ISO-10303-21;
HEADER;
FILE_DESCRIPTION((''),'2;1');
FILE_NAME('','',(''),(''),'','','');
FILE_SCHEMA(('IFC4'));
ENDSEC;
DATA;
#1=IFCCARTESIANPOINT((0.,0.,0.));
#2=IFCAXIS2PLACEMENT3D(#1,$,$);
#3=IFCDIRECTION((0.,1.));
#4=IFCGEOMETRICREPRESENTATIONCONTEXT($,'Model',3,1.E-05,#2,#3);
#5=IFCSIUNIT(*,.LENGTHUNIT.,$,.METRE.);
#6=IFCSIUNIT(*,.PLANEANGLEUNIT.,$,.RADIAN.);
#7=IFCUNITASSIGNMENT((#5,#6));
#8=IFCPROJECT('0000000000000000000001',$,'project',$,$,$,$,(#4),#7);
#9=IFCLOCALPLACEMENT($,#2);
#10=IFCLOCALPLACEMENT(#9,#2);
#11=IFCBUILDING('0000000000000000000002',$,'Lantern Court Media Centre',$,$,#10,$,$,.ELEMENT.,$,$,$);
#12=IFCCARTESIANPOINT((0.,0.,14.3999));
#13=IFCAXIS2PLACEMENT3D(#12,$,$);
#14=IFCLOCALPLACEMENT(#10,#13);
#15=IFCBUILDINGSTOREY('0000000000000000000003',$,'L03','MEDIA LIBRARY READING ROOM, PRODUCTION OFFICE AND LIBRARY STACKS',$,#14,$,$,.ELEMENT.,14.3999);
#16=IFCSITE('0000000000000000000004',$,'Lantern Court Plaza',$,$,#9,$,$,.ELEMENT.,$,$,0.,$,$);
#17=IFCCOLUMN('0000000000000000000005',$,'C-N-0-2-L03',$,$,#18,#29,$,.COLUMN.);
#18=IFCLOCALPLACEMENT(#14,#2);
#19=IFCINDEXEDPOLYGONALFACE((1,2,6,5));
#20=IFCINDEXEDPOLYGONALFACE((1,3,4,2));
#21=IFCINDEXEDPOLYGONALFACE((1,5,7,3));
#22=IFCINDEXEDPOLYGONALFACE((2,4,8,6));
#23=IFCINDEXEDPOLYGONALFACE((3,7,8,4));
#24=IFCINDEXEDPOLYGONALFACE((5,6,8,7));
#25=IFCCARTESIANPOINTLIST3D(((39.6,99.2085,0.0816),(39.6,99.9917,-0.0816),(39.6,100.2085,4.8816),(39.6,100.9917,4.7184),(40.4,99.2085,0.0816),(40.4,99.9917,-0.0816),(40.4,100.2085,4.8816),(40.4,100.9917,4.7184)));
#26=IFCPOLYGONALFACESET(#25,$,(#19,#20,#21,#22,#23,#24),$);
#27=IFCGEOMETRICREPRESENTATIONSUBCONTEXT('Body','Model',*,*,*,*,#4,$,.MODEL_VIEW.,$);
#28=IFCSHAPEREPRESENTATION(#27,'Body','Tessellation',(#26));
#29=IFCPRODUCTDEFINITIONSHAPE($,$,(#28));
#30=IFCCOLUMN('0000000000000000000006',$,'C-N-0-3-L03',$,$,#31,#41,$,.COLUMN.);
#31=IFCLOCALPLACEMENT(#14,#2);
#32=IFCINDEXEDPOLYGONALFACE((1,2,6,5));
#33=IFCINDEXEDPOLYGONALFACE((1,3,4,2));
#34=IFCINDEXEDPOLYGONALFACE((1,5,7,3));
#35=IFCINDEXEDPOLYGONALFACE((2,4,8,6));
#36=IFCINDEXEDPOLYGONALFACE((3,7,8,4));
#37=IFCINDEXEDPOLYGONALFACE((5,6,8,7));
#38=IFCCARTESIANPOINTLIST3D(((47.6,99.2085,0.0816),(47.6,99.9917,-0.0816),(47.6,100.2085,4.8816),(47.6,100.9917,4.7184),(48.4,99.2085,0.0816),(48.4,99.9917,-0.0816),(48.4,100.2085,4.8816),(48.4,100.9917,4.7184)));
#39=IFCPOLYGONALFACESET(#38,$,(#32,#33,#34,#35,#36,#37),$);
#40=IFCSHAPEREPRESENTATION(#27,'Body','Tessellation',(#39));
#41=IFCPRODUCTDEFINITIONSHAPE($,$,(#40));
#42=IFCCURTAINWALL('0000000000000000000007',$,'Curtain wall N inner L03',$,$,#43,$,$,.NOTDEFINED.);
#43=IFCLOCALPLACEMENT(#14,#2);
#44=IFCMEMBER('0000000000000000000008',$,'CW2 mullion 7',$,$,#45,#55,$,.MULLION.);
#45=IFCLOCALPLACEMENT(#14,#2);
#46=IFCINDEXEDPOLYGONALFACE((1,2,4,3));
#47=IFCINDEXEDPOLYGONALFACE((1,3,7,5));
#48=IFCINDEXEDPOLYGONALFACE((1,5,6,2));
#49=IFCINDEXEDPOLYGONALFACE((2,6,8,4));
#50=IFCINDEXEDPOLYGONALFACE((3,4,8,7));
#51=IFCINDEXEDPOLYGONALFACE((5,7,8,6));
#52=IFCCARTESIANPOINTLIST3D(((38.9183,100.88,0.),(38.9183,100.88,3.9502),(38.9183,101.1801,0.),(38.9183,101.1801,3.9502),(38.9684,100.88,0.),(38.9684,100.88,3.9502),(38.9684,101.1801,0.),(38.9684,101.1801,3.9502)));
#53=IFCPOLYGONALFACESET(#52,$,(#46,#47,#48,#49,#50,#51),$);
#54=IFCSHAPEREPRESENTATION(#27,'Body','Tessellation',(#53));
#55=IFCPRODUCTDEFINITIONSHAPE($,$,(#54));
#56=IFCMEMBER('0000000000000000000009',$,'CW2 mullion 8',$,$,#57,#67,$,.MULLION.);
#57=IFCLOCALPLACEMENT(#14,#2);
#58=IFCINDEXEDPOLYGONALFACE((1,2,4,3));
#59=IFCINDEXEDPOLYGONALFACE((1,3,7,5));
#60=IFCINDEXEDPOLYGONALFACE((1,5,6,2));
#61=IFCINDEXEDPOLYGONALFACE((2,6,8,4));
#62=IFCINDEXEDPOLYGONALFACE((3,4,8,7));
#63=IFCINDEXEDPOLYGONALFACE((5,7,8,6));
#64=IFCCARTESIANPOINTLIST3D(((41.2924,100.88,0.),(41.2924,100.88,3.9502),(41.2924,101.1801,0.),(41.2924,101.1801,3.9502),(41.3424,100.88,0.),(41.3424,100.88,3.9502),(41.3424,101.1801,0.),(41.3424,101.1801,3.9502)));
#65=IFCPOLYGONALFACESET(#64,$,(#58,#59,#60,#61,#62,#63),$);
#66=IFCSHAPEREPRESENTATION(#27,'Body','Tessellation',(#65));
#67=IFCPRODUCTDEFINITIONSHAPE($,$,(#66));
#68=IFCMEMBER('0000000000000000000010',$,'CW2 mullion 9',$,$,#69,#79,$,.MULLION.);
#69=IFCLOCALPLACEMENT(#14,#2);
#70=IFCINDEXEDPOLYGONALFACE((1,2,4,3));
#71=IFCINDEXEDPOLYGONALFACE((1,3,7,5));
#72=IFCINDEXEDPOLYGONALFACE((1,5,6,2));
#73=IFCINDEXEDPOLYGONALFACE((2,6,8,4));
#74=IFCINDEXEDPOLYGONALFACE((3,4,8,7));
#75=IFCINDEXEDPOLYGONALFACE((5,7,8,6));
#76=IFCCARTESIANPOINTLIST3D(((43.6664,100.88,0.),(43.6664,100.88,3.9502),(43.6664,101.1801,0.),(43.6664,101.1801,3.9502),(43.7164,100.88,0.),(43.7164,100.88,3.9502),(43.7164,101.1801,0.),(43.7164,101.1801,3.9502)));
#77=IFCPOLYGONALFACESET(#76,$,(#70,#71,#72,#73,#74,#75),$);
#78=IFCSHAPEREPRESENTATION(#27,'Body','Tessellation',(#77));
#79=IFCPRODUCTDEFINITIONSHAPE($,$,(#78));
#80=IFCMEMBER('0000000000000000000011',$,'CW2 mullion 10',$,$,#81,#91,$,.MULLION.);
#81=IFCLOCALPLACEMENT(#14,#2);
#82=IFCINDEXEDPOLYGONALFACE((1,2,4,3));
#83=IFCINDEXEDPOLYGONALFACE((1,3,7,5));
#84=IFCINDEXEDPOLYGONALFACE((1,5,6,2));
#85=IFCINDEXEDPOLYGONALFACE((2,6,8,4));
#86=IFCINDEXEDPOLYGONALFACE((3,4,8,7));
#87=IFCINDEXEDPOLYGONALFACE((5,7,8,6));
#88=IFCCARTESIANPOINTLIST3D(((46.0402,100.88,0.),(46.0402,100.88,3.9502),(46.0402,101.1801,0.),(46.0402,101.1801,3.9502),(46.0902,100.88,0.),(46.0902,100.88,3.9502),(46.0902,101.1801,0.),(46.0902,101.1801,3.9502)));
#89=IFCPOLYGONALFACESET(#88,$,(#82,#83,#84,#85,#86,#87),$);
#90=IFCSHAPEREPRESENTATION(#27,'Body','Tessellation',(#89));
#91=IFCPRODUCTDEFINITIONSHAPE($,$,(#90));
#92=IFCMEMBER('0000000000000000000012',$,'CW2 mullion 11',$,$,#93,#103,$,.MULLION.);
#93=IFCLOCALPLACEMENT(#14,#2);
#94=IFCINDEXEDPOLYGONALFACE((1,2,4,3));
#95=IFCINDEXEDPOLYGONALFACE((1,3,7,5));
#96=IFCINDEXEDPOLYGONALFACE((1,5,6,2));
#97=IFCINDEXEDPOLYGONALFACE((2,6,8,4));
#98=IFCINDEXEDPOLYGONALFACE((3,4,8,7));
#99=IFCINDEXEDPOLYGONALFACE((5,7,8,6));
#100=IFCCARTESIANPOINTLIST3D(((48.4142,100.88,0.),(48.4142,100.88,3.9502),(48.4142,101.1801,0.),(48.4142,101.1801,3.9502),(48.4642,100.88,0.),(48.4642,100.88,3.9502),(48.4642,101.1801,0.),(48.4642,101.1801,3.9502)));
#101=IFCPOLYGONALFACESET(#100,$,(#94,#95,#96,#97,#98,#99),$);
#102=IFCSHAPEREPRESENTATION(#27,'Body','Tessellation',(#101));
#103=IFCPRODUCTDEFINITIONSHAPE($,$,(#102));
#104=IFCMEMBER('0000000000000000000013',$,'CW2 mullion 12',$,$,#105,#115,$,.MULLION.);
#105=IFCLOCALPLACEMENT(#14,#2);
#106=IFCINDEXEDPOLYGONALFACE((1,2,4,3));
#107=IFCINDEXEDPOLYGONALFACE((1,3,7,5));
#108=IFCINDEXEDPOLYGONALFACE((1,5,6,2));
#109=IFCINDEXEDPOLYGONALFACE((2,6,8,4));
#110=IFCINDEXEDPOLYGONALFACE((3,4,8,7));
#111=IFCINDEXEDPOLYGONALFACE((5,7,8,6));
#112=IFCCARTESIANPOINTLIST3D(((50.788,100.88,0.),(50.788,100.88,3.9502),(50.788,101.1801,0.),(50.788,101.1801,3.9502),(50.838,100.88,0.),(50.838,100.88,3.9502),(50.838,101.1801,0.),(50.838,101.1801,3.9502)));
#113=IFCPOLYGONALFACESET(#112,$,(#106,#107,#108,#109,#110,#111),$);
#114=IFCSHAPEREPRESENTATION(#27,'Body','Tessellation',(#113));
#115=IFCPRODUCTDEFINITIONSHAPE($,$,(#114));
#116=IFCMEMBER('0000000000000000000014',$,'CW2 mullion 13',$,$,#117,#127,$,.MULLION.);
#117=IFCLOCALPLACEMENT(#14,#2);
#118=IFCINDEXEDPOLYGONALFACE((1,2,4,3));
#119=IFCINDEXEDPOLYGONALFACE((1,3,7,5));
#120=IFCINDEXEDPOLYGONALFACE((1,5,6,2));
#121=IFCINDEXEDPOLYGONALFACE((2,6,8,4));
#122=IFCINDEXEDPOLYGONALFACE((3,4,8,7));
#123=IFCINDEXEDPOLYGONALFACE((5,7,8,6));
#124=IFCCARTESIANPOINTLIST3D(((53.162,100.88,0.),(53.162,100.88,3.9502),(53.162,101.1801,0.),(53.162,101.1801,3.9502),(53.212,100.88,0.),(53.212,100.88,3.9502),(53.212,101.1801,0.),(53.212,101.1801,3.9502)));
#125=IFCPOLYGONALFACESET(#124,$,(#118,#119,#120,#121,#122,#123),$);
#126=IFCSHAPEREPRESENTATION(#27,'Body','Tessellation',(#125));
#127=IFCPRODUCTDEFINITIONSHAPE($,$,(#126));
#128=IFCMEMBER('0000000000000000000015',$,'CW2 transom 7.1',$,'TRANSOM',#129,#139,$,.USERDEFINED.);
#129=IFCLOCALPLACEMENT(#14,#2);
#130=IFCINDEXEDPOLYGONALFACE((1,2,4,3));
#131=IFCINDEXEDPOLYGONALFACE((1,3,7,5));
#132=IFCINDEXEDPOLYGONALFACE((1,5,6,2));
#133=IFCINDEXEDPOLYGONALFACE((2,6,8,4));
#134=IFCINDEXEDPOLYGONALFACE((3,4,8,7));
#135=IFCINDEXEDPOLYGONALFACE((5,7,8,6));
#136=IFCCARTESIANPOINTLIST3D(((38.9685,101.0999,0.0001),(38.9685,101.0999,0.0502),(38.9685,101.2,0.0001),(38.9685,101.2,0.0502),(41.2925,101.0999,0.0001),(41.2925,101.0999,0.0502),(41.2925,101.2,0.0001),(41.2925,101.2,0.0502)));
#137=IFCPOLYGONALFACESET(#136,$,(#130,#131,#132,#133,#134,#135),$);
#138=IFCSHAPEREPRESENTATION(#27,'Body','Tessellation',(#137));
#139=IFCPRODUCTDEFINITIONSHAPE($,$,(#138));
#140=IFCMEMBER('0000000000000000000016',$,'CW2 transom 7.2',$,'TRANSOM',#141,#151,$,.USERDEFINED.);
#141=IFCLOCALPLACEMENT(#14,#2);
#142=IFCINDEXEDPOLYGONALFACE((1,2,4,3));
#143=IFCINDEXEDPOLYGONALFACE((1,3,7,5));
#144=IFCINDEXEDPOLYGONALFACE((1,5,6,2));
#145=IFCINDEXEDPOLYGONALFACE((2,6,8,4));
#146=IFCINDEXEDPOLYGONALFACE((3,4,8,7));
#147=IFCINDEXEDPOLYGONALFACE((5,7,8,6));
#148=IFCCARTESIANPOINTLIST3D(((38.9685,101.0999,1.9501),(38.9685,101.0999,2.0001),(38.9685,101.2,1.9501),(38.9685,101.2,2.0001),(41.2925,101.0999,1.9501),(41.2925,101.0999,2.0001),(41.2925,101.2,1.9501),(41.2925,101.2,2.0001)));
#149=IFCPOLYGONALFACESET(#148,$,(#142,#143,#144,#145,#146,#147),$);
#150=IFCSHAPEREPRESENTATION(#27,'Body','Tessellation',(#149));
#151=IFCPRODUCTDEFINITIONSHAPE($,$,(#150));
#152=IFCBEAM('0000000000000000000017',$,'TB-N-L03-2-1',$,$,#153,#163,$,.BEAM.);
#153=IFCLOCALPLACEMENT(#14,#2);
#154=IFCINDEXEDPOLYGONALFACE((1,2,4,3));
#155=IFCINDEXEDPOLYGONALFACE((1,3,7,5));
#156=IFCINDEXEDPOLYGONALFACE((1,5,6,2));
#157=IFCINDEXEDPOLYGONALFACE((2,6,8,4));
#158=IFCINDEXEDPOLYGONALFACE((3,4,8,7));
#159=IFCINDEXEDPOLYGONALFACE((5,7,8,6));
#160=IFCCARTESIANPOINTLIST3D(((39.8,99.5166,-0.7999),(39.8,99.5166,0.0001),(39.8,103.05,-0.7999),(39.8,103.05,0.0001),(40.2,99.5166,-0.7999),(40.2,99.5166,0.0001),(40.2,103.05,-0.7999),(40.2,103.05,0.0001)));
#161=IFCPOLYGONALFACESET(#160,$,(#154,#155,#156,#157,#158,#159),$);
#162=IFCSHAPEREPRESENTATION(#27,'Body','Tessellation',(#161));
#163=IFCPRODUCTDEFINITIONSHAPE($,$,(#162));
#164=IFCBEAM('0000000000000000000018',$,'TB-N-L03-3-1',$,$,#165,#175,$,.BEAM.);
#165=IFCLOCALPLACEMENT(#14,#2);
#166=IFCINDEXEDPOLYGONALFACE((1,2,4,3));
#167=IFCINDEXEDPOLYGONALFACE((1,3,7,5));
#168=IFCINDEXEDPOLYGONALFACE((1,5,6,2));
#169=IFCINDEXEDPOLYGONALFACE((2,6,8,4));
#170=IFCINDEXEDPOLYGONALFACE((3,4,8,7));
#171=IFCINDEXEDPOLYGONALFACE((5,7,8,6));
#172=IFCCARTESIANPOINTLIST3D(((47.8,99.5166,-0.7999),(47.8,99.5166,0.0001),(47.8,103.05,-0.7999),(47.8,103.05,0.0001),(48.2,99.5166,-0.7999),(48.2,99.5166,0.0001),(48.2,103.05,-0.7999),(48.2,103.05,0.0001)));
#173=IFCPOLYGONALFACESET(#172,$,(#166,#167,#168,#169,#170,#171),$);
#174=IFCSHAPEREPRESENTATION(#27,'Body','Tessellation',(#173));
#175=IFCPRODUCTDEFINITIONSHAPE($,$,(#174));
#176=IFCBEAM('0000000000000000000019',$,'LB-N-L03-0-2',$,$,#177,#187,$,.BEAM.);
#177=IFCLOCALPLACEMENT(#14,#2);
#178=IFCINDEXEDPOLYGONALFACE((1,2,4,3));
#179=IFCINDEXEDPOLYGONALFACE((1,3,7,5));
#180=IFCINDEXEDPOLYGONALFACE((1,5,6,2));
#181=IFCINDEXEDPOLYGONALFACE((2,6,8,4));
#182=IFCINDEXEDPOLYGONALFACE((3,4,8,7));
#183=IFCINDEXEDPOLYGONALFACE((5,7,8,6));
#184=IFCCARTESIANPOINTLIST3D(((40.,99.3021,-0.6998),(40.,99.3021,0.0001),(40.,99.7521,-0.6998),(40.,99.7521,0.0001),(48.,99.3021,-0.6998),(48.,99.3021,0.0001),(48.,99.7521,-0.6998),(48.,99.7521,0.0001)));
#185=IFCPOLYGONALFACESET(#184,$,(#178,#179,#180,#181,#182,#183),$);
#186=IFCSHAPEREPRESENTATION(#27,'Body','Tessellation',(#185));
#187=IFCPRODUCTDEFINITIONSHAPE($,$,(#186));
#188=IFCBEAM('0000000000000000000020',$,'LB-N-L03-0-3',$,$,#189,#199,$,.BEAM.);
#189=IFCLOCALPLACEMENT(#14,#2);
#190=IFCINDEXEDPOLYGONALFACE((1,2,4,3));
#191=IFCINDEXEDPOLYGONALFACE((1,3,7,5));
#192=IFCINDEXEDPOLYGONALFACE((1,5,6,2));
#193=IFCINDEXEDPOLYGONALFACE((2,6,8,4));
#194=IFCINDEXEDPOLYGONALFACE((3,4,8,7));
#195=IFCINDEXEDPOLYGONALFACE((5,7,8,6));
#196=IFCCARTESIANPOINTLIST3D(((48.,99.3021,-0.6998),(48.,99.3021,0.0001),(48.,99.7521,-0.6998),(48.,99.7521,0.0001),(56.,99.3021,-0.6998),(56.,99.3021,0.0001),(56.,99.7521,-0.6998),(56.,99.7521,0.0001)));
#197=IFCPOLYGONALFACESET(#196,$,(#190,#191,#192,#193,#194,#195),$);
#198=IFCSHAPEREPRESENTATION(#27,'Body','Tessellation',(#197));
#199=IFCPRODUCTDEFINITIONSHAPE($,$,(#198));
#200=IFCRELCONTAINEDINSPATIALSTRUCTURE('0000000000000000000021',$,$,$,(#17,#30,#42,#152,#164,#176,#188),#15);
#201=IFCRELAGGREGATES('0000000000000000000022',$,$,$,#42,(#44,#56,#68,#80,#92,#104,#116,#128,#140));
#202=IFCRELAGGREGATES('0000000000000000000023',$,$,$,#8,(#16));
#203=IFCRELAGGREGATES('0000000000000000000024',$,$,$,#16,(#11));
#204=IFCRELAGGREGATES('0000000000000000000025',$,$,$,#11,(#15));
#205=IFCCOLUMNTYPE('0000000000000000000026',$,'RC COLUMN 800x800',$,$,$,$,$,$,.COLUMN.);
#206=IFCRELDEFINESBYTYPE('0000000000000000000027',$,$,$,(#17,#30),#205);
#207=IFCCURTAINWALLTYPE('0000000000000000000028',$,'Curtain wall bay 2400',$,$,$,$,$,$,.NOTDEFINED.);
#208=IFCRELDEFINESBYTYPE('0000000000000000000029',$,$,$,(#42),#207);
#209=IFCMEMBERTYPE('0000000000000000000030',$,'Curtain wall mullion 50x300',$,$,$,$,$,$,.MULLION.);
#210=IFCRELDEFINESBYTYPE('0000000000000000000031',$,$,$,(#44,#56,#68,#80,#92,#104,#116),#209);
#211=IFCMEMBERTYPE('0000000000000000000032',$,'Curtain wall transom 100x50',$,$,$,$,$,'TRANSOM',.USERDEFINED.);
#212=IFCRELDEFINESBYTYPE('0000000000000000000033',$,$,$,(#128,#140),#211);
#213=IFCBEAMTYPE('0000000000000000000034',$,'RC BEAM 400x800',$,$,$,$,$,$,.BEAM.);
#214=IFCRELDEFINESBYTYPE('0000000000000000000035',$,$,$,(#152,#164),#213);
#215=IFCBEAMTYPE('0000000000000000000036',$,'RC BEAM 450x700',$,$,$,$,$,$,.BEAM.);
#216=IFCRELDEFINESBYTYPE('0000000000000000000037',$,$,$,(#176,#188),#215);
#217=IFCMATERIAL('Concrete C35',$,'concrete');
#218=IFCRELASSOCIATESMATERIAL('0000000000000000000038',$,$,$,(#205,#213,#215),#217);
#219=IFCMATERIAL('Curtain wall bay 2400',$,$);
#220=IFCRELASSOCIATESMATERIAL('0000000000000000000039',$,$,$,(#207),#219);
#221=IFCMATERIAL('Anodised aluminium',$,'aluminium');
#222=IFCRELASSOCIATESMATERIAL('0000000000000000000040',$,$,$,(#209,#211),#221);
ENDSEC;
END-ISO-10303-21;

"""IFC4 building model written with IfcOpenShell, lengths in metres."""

from ifc_helpers import new_model, si_unit, direction, frame, origin, origin_2d, place, context, subcontext, project, spatial, rectangle, extrude, material, material_profile, profile_set, type_object, element, aggregate, save


model = new_model("IFC4")

# Units and contexts
model_context = context("Model", 3, precision=1e-05, world=origin(), true_north=direction((0.0, 1.0)))
body_context = subcontext(model_context, "Body", "Model", "MODEL_VIEW")
ifc_project = project(units=[si_unit("LENGTHUNIT", "METRE"), si_unit("PLANEANGLEUNIT", "RADIAN")], contexts=[model_context])

# Site, building, storey
site_placement = place(None, origin())
site = spatial("IfcSite", under=ifc_project, at=site_placement, Name="Lantern Court Plaza", CompositionType="ELEMENT", RefElevation=0.0)
building_placement = place(site_placement, origin())
building = spatial("IfcBuilding", under=site, at=building_placement, Name="Lantern Court Media Centre", CompositionType="ELEMENT")
storey_placement = place(building_placement, frame((0.0, 0.0, 14.3999)))
storey = spatial("IfcBuildingStorey", under=building, at=storey_placement, Name="L03", Description="MEDIA LIBRARY READING ROOM, PRODUCTION OFFICE AND LIBRARY STACKS", CompositionType="ELEMENT", Elevation=14.3999)

# Columns
ifc_material_1 = material(Name="Concrete C35", Category="concrete")
ifc_material_profile_1 = material_profile(ifc_material_1, rectangle(XDim=0.8, YDim=0.8, at=origin_2d()), Name="RC 800x800")
ifc_profile_set_1 = profile_set([ifc_material_profile_1], Name="Concrete C35")
column_type = type_object("IfcColumnType", Name="RC COLUMN 800x800", PredefinedType="COLUMN", material=ifc_profile_set_1)
for number, where, z_axis, x_axis, name in (
    (1, (40.0, 99.6001, 0.0), (0.0, 0.203952, 0.978981), (-1.0, 0.0, 0.0), "C-N-0-2-L03"),
    (2, (48.0, 99.6001, 0.0), (0.0, 0.203952, 0.978981), (-1.0, 0.0, 0.0), "C-N-0-3-L03"),
):
    element("IfcColumn", number, at=place(storey_placement, frame(where, z_axis=z_axis, x_axis=x_axis)), inside=storey, type_object=column_type, Name=name, PredefinedType="COLUMN", context=body_context, shape_type="SweptSolid", body=[
        extrude(rectangle(XDim=0.8, YDim=0.8, at=origin_2d()), origin(), (0.0, 0.0, 1.0), 4.9031),
    ])

# Curtain wall, members
ifc_material_2 = material(Name="Curtain wall bay 2400")
curtain_wall_type = type_object("IfcCurtainWallType", Name="Curtain wall bay 2400", PredefinedType="NOTDEFINED", material=ifc_material_2)
curtain_wall_placement = place(storey_placement, origin())
curtain_wall = element("IfcCurtainWall", 3, at=curtain_wall_placement, inside=storey, type_object=curtain_wall_type, Name="Curtain wall N inner L03", PredefinedType="NOTDEFINED")
ifc_material_3 = material(Name="Anodised aluminium", Category="aluminium")
ifc_material_profile_2 = material_profile(ifc_material_3, rectangle(XDim=0.3, YDim=0.05, at=origin_2d()), Name="AL 50x300")
ifc_profile_set_2 = profile_set([ifc_material_profile_2], Name="Anodised aluminium")
member_type_1 = type_object("IfcMemberType", Name="Curtain wall mullion 50x300", PredefinedType="MULLION", material=ifc_profile_set_2)
member_1_placement = place(storey_placement, frame((38.9434, 101.03, 0.0), z_axis=(0.0, 0.0, 1.0), x_axis=(0.0, 1.0, 0.0)))
member_1 = element("IfcMember", 4, at=member_1_placement, type_object=member_type_1, Name="CW2 mullion 7", PredefinedType="MULLION", context=body_context, shape_type="SweptSolid", body=[
    extrude(rectangle(XDim=0.3, YDim=0.05, at=origin_2d()), origin(), (0.0, 0.0, 1.0), 3.9502),
])
member_2_placement = place(storey_placement, frame((41.3174, 101.03, 0.0), z_axis=(0.0, 0.0, 1.0), x_axis=(0.0, 1.0, 0.0)))
member_2 = element("IfcMember", 5, at=member_2_placement, type_object=member_type_1, Name="CW2 mullion 8", PredefinedType="MULLION", context=body_context, shape_type="SweptSolid", body=[
    extrude(rectangle(XDim=0.3, YDim=0.05, at=origin_2d()), origin(), (0.0, 0.0, 1.0), 3.9502),
])
member_3_placement = place(storey_placement, frame((43.6914, 101.03, 0.0), z_axis=(0.0, 0.0, 1.0), x_axis=(0.0, 1.0, 0.0)))
member_3 = element("IfcMember", 6, at=member_3_placement, type_object=member_type_1, Name="CW2 mullion 9", PredefinedType="MULLION", context=body_context, shape_type="SweptSolid", body=[
    extrude(rectangle(XDim=0.3, YDim=0.05, at=origin_2d()), origin(), (0.0, 0.0, 1.0), 3.9502),
])
member_4_placement = place(storey_placement, frame((46.0652, 101.03, 0.0), z_axis=(0.0, 0.0, 1.0), x_axis=(0.0, 1.0, 0.0)))
member_4 = element("IfcMember", 7, at=member_4_placement, type_object=member_type_1, Name="CW2 mullion 10", PredefinedType="MULLION", context=body_context, shape_type="SweptSolid", body=[
    extrude(rectangle(XDim=0.3, YDim=0.05, at=origin_2d()), origin(), (0.0, 0.0, 1.0), 3.9502),
])
member_5_placement = place(storey_placement, frame((48.4392, 101.03, 0.0), z_axis=(0.0, 0.0, 1.0), x_axis=(0.0, 1.0, 0.0)))
member_5 = element("IfcMember", 8, at=member_5_placement, type_object=member_type_1, Name="CW2 mullion 11", PredefinedType="MULLION", context=body_context, shape_type="SweptSolid", body=[
    extrude(rectangle(XDim=0.3, YDim=0.05, at=origin_2d()), origin(), (0.0, 0.0, 1.0), 3.9502),
])
member_6_placement = place(storey_placement, frame((50.813, 101.03, 0.0), z_axis=(0.0, 0.0, 1.0), x_axis=(0.0, 1.0, 0.0)))
member_6 = element("IfcMember", 9, at=member_6_placement, type_object=member_type_1, Name="CW2 mullion 12", PredefinedType="MULLION", context=body_context, shape_type="SweptSolid", body=[
    extrude(rectangle(XDim=0.3, YDim=0.05, at=origin_2d()), origin(), (0.0, 0.0, 1.0), 3.9502),
])
member_7_placement = place(storey_placement, frame((53.187, 101.03, 0.0), z_axis=(0.0, 0.0, 1.0), x_axis=(0.0, 1.0, 0.0)))
member_7 = element("IfcMember", 10, at=member_7_placement, type_object=member_type_1, Name="CW2 mullion 13", PredefinedType="MULLION", context=body_context, shape_type="SweptSolid", body=[
    extrude(rectangle(XDim=0.3, YDim=0.05, at=origin_2d()), origin(), (0.0, 0.0, 1.0), 3.9502),
])
ifc_material_profile_3 = material_profile(ifc_material_3, rectangle(XDim=0.1001, YDim=0.05, at=origin_2d()), Name="AL 50x100")
ifc_profile_set_3 = profile_set([ifc_material_profile_3], Name="Anodised aluminium")
member_type_2 = type_object("IfcMemberType", Name="Curtain wall transom 100x50", ElementType="TRANSOM", PredefinedType="USERDEFINED", material=ifc_profile_set_3)
member_8_placement = place(storey_placement, frame((38.9685, 101.1499, 0.0251), z_axis=(1.0, 0.0, 0.0), x_axis=(0.0, 1.0, 0.0)))
member_8 = element("IfcMember", 11, at=member_8_placement, type_object=member_type_2, Name="CW2 transom 7.1", ObjectType="TRANSOM", PredefinedType="USERDEFINED", context=body_context, shape_type="SweptSolid", body=[
    extrude(rectangle(XDim=0.1001, YDim=0.05, at=origin_2d()), origin(), (0.0, 0.0, 1.0), 2.324),
])
member_9_placement = place(storey_placement, frame((38.9685, 101.1499, 1.9751), z_axis=(1.0, 0.0, 0.0), x_axis=(0.0, 1.0, 0.0)))
member_9 = element("IfcMember", 12, at=member_9_placement, type_object=member_type_2, Name="CW2 transom 7.2", ObjectType="TRANSOM", PredefinedType="USERDEFINED", context=body_context, shape_type="SweptSolid", body=[
    extrude(rectangle(XDim=0.1001, YDim=0.05, at=origin_2d()), origin(), (0.0, 0.0, 1.0), 2.324),
])

# Beams
ifc_material_profile_4 = material_profile(ifc_material_1, rectangle(XDim=0.3999, YDim=0.8, at=origin_2d()), Name="RC 400x800")
ifc_profile_set_4 = profile_set([ifc_material_profile_4], Name="Concrete C35")
beam_type_1 = type_object("IfcBeamType", Name="RC BEAM 400x800", PredefinedType="BEAM", material=ifc_profile_set_4)
for number, where, z_axis, x_axis, name in (
    (13, (40.0, 99.5166, -0.3999), (0.0, 1.0, 0.0), (-1.0, 0.0, 0.0), "TB-N-L03-2-1"),
    (14, (48.0, 99.5166, -0.3999), (0.0, 1.0, 0.0), (-1.0, 0.0, 0.0), "TB-N-L03-3-1"),
):
    element("IfcBeam", number, at=place(storey_placement, frame(where, z_axis=z_axis, x_axis=x_axis)), inside=storey, type_object=beam_type_1, Name=name, PredefinedType="BEAM", context=body_context, shape_type="SweptSolid", body=[
        extrude(rectangle(XDim=0.3999, YDim=0.8, at=origin_2d()), origin(), (0.0, 0.0, 1.0), 3.5334),
    ])
ifc_material_profile_5 = material_profile(ifc_material_1, rectangle(XDim=0.45, YDim=0.7, at=origin_2d()), Name="RC 450x700")
ifc_profile_set_5 = profile_set([ifc_material_profile_5], Name="Concrete C35")
beam_type_2 = type_object("IfcBeamType", Name="RC BEAM 450x700", PredefinedType="BEAM", material=ifc_profile_set_5)
for number, where, z_axis, x_axis, name in (
    (15, (40.0, 99.5271, -0.3499), (1.0, 0.0, 0.0), (0.0, 1.0, 0.0), "LB-N-L03-0-2"),
    (16, (48.0, 99.5271, -0.3499), (1.0, 0.0, 0.0), (0.0, 1.0, 0.0), "LB-N-L03-0-3"),
):
    element("IfcBeam", number, at=place(storey_placement, frame(where, z_axis=z_axis, x_axis=x_axis)), inside=storey, type_object=beam_type_2, Name=name, PredefinedType="BEAM", context=body_context, shape_type="SweptSolid", body=[
        extrude(rectangle(XDim=0.45, YDim=0.7, at=origin_2d()), origin(), (0.0, 0.0, 1.0), 8.0),
    ])

aggregate(curtain_wall, [member_1, member_2, member_3, member_4, member_5, member_6, member_7, member_8, member_9])

save(model, "model.ifc")
